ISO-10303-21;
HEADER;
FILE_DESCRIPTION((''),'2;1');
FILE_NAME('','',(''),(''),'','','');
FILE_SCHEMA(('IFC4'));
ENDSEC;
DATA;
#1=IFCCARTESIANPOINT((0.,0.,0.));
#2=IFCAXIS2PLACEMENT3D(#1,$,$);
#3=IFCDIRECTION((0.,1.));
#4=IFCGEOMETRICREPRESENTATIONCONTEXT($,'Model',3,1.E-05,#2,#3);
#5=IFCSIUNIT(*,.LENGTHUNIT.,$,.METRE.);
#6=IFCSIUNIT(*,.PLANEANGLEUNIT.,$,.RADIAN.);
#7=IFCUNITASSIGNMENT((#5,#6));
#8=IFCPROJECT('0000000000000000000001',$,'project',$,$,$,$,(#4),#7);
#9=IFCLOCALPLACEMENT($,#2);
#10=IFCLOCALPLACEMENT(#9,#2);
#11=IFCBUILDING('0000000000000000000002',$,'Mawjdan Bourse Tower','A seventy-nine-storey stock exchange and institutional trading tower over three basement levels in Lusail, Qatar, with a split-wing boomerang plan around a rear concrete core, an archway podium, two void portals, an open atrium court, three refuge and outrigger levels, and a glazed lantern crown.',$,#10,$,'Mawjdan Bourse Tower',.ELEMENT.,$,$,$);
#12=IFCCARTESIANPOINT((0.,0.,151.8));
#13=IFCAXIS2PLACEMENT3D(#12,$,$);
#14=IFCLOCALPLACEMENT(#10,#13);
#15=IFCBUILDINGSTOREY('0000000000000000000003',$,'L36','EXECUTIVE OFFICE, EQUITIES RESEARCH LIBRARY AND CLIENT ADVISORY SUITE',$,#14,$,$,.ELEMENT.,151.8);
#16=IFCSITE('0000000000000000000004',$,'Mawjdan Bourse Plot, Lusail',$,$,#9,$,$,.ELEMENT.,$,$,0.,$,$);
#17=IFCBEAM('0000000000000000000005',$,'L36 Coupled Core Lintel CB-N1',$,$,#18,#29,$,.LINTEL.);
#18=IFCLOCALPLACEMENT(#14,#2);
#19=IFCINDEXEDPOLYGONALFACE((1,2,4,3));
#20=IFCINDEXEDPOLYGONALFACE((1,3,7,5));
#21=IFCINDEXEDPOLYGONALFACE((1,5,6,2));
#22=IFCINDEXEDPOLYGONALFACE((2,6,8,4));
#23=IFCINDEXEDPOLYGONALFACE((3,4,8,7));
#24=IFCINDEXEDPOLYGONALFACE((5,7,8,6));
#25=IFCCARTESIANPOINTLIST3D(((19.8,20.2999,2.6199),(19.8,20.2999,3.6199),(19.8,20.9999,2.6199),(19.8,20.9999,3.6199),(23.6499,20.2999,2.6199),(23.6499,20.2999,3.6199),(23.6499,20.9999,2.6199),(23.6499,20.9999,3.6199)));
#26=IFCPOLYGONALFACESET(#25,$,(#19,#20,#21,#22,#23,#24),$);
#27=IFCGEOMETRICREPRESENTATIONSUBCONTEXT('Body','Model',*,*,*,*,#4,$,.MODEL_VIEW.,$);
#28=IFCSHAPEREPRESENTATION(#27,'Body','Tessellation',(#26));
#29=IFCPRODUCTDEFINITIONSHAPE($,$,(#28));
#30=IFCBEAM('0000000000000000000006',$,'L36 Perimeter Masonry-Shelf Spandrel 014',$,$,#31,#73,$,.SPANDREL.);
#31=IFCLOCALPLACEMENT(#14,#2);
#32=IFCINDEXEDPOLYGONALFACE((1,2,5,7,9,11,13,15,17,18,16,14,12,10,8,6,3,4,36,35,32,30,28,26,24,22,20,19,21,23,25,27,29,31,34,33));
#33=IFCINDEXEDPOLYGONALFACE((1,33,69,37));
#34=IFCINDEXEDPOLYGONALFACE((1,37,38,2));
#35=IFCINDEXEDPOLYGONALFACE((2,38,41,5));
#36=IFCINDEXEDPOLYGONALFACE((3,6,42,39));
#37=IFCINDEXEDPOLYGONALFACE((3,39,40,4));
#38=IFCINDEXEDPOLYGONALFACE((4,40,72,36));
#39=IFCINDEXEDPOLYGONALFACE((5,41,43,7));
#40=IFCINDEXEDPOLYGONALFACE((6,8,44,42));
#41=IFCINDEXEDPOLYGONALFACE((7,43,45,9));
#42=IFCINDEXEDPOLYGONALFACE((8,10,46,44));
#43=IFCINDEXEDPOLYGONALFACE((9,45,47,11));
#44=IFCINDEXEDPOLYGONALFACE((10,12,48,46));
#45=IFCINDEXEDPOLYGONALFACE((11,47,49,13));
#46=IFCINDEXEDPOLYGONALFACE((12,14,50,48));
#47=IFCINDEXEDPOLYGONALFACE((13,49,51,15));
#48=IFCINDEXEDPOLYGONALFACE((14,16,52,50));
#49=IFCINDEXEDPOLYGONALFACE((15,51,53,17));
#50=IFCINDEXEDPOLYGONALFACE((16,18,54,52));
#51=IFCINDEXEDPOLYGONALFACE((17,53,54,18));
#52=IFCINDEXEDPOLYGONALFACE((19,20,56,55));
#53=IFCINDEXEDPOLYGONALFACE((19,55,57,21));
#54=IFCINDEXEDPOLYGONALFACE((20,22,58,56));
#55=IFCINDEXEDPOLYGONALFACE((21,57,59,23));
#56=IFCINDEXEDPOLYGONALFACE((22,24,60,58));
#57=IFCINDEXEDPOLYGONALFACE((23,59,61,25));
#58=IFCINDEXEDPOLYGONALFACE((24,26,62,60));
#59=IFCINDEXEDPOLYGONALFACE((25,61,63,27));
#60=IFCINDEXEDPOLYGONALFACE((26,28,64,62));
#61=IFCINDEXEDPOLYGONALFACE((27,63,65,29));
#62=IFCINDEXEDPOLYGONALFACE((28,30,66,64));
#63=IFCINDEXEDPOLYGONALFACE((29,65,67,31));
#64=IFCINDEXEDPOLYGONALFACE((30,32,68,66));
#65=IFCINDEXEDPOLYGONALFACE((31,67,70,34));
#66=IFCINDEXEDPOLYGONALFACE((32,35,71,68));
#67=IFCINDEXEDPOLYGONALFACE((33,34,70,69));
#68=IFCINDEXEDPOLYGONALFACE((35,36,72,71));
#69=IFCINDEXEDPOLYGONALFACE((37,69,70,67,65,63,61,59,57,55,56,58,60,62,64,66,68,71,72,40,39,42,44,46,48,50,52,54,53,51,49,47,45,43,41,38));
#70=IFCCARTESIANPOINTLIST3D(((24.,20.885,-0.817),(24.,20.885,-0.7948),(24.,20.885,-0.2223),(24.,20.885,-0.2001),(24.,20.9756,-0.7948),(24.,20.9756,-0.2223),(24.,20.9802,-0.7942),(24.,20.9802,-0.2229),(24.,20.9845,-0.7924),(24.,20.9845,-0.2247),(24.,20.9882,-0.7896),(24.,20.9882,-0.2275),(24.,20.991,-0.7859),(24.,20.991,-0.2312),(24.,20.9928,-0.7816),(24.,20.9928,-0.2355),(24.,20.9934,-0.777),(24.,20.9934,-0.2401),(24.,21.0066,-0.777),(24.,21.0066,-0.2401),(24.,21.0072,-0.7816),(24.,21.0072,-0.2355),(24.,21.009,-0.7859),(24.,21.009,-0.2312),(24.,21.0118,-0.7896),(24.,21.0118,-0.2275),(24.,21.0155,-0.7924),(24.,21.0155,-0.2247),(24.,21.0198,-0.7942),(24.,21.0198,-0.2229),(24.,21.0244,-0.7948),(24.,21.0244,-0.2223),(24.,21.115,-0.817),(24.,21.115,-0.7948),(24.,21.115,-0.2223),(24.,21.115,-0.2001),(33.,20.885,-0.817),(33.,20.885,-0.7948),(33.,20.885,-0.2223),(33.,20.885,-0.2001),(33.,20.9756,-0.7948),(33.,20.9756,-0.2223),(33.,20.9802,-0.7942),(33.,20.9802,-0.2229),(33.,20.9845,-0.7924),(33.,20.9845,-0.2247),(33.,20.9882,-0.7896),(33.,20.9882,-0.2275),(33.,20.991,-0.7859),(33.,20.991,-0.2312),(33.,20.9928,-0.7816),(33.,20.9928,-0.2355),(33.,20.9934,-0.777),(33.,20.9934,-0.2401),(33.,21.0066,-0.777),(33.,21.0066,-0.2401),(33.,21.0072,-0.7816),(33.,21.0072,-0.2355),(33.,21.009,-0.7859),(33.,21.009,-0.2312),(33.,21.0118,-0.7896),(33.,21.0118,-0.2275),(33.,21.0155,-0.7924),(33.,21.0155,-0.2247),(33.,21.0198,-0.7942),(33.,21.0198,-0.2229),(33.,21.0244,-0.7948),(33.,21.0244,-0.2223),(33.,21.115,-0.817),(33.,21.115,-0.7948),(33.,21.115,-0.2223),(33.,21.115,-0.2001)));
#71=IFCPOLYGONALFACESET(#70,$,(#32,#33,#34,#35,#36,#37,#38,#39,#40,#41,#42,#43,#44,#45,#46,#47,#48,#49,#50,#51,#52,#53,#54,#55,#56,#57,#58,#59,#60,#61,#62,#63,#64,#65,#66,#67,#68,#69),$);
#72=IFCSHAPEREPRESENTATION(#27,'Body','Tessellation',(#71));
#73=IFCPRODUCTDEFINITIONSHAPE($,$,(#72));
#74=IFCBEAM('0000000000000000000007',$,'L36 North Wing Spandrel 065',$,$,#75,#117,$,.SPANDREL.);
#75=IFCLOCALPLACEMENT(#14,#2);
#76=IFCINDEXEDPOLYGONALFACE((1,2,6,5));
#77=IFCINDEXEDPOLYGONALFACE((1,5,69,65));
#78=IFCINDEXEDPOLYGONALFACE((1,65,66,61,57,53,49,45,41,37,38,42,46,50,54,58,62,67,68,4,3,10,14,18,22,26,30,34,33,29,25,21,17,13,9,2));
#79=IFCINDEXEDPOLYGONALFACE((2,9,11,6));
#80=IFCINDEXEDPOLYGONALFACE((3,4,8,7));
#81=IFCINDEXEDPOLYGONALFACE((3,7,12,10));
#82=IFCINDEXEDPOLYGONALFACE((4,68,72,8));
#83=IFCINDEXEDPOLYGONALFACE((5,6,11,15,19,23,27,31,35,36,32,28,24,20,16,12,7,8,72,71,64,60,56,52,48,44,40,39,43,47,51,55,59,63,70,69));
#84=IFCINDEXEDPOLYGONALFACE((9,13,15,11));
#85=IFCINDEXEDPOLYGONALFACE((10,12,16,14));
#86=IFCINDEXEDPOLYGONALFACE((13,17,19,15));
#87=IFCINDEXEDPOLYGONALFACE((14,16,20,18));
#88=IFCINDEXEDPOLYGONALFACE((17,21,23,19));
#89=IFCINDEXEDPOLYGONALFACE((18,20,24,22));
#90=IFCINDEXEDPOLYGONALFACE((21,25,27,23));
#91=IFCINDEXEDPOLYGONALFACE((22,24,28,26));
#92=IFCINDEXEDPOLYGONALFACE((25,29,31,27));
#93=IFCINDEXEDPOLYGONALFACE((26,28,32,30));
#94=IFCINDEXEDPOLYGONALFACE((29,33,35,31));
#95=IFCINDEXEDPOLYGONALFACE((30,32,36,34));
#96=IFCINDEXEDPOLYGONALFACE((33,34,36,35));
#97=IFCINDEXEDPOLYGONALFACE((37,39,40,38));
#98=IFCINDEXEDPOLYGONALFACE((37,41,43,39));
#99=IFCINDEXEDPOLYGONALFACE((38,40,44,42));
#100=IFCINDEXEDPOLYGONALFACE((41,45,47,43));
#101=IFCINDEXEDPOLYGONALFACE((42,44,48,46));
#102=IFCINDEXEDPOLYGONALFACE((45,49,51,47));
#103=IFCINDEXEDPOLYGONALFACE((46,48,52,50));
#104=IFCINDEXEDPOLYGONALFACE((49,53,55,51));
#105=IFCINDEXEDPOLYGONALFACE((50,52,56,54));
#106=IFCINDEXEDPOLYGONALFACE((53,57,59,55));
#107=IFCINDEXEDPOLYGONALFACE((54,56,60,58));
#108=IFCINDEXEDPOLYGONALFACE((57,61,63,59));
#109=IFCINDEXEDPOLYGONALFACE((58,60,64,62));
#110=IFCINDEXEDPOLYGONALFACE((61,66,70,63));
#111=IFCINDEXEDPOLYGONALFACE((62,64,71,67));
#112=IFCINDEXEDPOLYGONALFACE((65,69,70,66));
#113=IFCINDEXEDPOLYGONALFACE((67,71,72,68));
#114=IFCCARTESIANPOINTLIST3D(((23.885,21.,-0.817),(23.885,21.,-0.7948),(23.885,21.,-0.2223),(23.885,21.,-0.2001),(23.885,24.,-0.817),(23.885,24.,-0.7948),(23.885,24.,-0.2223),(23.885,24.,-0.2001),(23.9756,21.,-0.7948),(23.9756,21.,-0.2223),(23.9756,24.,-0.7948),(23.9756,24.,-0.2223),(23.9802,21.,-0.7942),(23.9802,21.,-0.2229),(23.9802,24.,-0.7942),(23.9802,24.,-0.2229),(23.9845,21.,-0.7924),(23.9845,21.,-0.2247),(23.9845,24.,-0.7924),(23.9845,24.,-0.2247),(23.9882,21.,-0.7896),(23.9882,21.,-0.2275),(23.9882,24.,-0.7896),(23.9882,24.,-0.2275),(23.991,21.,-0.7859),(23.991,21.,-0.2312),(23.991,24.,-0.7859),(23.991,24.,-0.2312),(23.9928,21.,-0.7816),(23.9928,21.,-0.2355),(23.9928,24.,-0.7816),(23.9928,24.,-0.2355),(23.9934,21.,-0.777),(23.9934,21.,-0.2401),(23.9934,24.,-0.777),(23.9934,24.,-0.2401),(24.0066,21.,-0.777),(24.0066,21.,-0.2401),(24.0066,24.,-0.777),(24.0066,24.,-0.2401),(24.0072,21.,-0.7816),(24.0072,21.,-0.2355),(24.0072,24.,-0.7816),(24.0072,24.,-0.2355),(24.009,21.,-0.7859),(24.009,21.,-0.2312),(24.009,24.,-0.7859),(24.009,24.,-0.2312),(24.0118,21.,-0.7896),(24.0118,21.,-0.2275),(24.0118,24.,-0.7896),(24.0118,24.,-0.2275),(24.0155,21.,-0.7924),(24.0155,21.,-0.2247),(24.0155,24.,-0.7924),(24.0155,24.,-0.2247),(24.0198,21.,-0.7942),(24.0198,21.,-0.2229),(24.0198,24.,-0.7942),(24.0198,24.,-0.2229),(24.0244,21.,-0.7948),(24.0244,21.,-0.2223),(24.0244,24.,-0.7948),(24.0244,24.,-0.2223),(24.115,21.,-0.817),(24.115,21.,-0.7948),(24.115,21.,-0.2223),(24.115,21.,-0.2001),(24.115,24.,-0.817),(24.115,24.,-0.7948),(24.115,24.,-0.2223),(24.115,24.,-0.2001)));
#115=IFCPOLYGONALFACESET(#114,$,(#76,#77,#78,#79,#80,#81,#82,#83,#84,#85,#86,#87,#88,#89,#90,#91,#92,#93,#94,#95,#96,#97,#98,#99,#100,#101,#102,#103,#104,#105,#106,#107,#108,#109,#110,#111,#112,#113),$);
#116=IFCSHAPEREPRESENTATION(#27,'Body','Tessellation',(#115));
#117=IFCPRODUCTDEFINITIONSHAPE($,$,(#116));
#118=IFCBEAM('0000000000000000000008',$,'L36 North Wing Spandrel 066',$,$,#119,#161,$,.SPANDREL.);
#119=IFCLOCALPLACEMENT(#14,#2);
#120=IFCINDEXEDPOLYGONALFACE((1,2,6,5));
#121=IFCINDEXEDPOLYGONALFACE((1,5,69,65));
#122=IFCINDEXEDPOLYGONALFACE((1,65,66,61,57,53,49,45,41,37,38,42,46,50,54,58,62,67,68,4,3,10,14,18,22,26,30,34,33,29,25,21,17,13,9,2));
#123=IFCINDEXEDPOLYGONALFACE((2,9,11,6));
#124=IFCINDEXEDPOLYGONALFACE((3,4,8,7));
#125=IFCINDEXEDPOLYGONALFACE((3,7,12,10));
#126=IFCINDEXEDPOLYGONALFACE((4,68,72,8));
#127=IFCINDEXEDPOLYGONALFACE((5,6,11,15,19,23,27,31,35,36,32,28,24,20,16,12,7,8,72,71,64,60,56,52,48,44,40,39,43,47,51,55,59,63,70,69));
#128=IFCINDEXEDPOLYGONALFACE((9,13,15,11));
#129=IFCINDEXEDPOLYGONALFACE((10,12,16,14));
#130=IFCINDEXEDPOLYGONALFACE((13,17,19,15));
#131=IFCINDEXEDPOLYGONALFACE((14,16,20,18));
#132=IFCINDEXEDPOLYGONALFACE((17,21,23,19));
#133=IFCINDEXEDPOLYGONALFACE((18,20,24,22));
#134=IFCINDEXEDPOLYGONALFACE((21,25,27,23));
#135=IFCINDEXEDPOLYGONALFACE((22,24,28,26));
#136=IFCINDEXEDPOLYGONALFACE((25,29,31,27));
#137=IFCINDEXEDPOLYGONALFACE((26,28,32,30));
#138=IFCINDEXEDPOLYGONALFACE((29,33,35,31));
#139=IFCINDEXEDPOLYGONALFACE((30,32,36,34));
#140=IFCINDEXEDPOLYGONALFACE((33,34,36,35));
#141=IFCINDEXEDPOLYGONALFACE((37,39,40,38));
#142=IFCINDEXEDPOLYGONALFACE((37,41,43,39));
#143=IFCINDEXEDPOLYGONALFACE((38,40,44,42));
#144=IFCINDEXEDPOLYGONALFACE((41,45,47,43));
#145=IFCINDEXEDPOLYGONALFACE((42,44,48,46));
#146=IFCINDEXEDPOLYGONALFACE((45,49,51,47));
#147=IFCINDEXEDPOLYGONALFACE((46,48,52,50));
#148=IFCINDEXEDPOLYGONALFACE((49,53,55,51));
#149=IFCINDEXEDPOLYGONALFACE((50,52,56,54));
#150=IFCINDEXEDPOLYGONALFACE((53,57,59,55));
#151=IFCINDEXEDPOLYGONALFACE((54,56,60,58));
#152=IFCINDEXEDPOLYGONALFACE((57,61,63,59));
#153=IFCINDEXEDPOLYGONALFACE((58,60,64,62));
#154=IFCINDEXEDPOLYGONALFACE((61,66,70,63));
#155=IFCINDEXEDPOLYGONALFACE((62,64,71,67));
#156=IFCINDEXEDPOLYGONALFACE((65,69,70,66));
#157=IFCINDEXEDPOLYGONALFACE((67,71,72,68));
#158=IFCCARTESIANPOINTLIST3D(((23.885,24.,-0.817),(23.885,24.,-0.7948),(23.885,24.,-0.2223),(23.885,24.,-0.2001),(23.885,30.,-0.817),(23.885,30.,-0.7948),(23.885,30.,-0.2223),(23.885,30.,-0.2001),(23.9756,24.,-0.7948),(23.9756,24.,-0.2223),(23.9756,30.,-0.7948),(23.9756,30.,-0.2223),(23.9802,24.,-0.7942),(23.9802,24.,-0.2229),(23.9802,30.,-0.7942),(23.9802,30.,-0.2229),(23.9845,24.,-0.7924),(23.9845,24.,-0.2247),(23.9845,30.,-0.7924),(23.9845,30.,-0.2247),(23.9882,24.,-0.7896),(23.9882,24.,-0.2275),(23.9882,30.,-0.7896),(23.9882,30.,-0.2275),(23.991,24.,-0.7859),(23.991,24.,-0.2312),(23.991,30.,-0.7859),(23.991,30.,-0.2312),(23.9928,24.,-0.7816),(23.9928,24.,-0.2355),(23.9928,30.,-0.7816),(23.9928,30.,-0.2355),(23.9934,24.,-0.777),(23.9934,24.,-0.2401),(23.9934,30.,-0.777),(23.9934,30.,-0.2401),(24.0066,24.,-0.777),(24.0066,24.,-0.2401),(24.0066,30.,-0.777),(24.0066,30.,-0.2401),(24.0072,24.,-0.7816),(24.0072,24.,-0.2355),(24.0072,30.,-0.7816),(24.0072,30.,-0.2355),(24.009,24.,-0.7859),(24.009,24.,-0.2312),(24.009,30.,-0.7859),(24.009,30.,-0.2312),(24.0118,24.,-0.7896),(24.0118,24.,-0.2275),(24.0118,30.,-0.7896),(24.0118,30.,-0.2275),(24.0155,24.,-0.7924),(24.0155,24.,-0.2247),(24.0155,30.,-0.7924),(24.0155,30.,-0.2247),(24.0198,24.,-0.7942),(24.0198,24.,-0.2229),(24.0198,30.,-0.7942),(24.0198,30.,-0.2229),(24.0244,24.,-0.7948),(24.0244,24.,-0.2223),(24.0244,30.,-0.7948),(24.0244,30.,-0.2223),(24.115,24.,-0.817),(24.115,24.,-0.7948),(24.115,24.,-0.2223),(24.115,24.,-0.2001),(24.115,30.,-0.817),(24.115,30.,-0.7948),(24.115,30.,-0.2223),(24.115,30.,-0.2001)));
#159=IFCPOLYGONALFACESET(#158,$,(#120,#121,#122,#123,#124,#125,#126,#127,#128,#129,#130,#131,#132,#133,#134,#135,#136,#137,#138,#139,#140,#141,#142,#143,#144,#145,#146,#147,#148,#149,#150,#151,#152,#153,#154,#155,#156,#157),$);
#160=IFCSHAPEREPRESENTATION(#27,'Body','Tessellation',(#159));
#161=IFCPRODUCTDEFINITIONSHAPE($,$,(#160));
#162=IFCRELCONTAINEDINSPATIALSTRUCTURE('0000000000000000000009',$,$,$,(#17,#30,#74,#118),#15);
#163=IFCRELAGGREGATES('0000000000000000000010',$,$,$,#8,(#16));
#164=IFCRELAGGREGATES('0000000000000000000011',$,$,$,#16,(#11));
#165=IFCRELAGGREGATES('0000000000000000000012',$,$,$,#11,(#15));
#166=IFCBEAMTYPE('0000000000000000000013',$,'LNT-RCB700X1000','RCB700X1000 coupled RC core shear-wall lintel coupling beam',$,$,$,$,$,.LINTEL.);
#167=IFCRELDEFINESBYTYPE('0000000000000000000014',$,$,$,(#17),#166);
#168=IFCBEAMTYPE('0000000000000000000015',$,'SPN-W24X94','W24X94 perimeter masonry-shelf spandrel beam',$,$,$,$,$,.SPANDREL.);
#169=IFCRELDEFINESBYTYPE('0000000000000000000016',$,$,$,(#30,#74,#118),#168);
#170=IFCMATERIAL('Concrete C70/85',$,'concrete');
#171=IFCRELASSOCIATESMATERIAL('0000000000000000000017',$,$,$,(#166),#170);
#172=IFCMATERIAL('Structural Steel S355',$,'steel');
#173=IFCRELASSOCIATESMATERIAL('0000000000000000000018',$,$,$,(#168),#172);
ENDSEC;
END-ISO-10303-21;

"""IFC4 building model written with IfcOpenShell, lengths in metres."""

from ifc_helpers import new_model, si_unit, direction, frame, origin, origin_2d, place, context, subcontext, project, spatial, rectangle, i_section, extrude, material, material_profile, profile_set, type_object, element, save


model = new_model("IFC4")

# Units and contexts
model_context = context("Model", 3, precision=1e-05, world=origin(), true_north=direction((0.0, 1.0)))
body_context = subcontext(model_context, "Body", "Model", "MODEL_VIEW")
ifc_project = project(units=[si_unit("LENGTHUNIT", "METRE"), si_unit("PLANEANGLEUNIT", "RADIAN")], contexts=[model_context])

# Site, building, storey
site_placement = place(None, origin())
site = spatial("IfcSite", under=ifc_project, at=site_placement, Name="Mawjdan Bourse Plot, Lusail", CompositionType="ELEMENT", RefElevation=0.0)
building_placement = place(site_placement, origin())
building = spatial("IfcBuilding", under=site, at=building_placement, Name="Mawjdan Bourse Tower", Description="A seventy-nine-storey stock exchange and institutional trading tower over three basement levels in Lusail, Qatar, with a split-wing boomerang plan around a rear concrete core, an archway podium, two void portals, an open atrium court, three refuge and outrigger levels, and a glazed lantern crown.", LongName="Mawjdan Bourse Tower", CompositionType="ELEMENT")
storey_placement = place(building_placement, frame((0.0, 0.0, 151.8)))
storey = spatial("IfcBuildingStorey", under=building, at=storey_placement, Name="L36", Description="EXECUTIVE OFFICE, EQUITIES RESEARCH LIBRARY AND CLIENT ADVISORY SUITE", CompositionType="ELEMENT", Elevation=151.8)

# Shared definitions
ifc_material_1 = material(Name="Concrete C70/85", Category="concrete")

# Beams
ifc_material_2 = material(Name="Structural Steel S355", Category="steel")
ifc_material_profile_1 = material_profile(ifc_material_1, rectangle(XDim=0.7, YDim=1.0, at=origin_2d()), Name="RCB700X1000")
ifc_profile_set_1 = profile_set([ifc_material_profile_1], Name="Concrete C70/85")
beam_type_1 = type_object("IfcBeamType", Name="LNT-RCB700X1000", Description="RCB700X1000 coupled RC core shear-wall lintel coupling beam", PredefinedType="LINTEL", material=ifc_profile_set_1)
beam_1_placement = place(storey_placement, frame((19.8, 20.6499, 3.1199), z_axis=(1.0, 0.0, 0.0), x_axis=(0.0, 1.0, 0.0)))
element("IfcBeam", 1, at=beam_1_placement, inside=storey, type_object=beam_type_1, Name="L36 Coupled Core Lintel CB-N1", PredefinedType="LINTEL", context=body_context, shape_type="SweptSolid", body=[
    extrude(rectangle(XDim=0.7, YDim=1.0, at=origin_2d()), origin(), (0.0, 0.0, 1.0), 3.8499),
])
ifc_material_profile_2 = material_profile(ifc_material_2, i_section(OverallWidth=0.23, OverallDepth=0.6169, WebThickness=0.0132, FlangeThickness=0.0222, FilletRadius=0.0178, at=origin_2d()), Name="W24X94")
ifc_profile_set_2 = profile_set([ifc_material_profile_2], Name="Structural Steel S355")
beam_type_2 = type_object("IfcBeamType", Name="SPN-W24X94", Description="W24X94 perimeter masonry-shelf spandrel beam", PredefinedType="SPANDREL", material=ifc_profile_set_2)
beam_2_placement = place(storey_placement, frame((24.0, 21.0, -0.5085), z_axis=(1.0, 0.0, 0.0), x_axis=(0.0, 1.0, 0.0)))
element("IfcBeam", 2, at=beam_2_placement, inside=storey, type_object=beam_type_2, Name="L36 Perimeter Masonry-Shelf Spandrel 014", PredefinedType="SPANDREL", context=body_context, shape_type="SweptSolid", body=[
    extrude(i_section(OverallWidth=0.23, OverallDepth=0.6169, WebThickness=0.0132, FlangeThickness=0.0222, FilletRadius=0.0178, at=origin_2d()), origin(), (0.0, 0.0, 1.0), 9.0),
])
beam_3_placement = place(storey_placement, frame((24.0, 21.0, -0.5085), z_axis=(0.0, 1.0, 0.0), x_axis=(-1.0, 0.0, 0.0)))
element("IfcBeam", 3, at=beam_3_placement, inside=storey, type_object=beam_type_2, Name="L36 North Wing Spandrel 065", PredefinedType="SPANDREL", context=body_context, shape_type="SweptSolid", body=[
    extrude(i_section(OverallWidth=0.23, OverallDepth=0.6169, WebThickness=0.0132, FlangeThickness=0.0222, FilletRadius=0.0178, at=origin_2d()), origin(), (0.0, 0.0, 1.0), 3.0),
])
for number, where, z_axis, x_axis, name in (
    (4, (24.0, 24.0, -0.5085), (0.0, 1.0, 0.0), (-1.0, 0.0, 0.0), "L36 North Wing Spandrel 066"),
):
    element("IfcBeam", number, at=place(storey_placement, frame(where, z_axis=z_axis, x_axis=x_axis)), inside=storey, type_object=beam_type_2, Name=name, PredefinedType="SPANDREL", context=body_context, shape_type="SweptSolid", body=[
        extrude(i_section(OverallWidth=0.23, OverallDepth=0.6169, WebThickness=0.0132, FlangeThickness=0.0222, FilletRadius=0.0178, at=origin_2d()), origin(), (0.0, 0.0, 1.0), 6.0),
    ])

save(model, "model.ifc")
